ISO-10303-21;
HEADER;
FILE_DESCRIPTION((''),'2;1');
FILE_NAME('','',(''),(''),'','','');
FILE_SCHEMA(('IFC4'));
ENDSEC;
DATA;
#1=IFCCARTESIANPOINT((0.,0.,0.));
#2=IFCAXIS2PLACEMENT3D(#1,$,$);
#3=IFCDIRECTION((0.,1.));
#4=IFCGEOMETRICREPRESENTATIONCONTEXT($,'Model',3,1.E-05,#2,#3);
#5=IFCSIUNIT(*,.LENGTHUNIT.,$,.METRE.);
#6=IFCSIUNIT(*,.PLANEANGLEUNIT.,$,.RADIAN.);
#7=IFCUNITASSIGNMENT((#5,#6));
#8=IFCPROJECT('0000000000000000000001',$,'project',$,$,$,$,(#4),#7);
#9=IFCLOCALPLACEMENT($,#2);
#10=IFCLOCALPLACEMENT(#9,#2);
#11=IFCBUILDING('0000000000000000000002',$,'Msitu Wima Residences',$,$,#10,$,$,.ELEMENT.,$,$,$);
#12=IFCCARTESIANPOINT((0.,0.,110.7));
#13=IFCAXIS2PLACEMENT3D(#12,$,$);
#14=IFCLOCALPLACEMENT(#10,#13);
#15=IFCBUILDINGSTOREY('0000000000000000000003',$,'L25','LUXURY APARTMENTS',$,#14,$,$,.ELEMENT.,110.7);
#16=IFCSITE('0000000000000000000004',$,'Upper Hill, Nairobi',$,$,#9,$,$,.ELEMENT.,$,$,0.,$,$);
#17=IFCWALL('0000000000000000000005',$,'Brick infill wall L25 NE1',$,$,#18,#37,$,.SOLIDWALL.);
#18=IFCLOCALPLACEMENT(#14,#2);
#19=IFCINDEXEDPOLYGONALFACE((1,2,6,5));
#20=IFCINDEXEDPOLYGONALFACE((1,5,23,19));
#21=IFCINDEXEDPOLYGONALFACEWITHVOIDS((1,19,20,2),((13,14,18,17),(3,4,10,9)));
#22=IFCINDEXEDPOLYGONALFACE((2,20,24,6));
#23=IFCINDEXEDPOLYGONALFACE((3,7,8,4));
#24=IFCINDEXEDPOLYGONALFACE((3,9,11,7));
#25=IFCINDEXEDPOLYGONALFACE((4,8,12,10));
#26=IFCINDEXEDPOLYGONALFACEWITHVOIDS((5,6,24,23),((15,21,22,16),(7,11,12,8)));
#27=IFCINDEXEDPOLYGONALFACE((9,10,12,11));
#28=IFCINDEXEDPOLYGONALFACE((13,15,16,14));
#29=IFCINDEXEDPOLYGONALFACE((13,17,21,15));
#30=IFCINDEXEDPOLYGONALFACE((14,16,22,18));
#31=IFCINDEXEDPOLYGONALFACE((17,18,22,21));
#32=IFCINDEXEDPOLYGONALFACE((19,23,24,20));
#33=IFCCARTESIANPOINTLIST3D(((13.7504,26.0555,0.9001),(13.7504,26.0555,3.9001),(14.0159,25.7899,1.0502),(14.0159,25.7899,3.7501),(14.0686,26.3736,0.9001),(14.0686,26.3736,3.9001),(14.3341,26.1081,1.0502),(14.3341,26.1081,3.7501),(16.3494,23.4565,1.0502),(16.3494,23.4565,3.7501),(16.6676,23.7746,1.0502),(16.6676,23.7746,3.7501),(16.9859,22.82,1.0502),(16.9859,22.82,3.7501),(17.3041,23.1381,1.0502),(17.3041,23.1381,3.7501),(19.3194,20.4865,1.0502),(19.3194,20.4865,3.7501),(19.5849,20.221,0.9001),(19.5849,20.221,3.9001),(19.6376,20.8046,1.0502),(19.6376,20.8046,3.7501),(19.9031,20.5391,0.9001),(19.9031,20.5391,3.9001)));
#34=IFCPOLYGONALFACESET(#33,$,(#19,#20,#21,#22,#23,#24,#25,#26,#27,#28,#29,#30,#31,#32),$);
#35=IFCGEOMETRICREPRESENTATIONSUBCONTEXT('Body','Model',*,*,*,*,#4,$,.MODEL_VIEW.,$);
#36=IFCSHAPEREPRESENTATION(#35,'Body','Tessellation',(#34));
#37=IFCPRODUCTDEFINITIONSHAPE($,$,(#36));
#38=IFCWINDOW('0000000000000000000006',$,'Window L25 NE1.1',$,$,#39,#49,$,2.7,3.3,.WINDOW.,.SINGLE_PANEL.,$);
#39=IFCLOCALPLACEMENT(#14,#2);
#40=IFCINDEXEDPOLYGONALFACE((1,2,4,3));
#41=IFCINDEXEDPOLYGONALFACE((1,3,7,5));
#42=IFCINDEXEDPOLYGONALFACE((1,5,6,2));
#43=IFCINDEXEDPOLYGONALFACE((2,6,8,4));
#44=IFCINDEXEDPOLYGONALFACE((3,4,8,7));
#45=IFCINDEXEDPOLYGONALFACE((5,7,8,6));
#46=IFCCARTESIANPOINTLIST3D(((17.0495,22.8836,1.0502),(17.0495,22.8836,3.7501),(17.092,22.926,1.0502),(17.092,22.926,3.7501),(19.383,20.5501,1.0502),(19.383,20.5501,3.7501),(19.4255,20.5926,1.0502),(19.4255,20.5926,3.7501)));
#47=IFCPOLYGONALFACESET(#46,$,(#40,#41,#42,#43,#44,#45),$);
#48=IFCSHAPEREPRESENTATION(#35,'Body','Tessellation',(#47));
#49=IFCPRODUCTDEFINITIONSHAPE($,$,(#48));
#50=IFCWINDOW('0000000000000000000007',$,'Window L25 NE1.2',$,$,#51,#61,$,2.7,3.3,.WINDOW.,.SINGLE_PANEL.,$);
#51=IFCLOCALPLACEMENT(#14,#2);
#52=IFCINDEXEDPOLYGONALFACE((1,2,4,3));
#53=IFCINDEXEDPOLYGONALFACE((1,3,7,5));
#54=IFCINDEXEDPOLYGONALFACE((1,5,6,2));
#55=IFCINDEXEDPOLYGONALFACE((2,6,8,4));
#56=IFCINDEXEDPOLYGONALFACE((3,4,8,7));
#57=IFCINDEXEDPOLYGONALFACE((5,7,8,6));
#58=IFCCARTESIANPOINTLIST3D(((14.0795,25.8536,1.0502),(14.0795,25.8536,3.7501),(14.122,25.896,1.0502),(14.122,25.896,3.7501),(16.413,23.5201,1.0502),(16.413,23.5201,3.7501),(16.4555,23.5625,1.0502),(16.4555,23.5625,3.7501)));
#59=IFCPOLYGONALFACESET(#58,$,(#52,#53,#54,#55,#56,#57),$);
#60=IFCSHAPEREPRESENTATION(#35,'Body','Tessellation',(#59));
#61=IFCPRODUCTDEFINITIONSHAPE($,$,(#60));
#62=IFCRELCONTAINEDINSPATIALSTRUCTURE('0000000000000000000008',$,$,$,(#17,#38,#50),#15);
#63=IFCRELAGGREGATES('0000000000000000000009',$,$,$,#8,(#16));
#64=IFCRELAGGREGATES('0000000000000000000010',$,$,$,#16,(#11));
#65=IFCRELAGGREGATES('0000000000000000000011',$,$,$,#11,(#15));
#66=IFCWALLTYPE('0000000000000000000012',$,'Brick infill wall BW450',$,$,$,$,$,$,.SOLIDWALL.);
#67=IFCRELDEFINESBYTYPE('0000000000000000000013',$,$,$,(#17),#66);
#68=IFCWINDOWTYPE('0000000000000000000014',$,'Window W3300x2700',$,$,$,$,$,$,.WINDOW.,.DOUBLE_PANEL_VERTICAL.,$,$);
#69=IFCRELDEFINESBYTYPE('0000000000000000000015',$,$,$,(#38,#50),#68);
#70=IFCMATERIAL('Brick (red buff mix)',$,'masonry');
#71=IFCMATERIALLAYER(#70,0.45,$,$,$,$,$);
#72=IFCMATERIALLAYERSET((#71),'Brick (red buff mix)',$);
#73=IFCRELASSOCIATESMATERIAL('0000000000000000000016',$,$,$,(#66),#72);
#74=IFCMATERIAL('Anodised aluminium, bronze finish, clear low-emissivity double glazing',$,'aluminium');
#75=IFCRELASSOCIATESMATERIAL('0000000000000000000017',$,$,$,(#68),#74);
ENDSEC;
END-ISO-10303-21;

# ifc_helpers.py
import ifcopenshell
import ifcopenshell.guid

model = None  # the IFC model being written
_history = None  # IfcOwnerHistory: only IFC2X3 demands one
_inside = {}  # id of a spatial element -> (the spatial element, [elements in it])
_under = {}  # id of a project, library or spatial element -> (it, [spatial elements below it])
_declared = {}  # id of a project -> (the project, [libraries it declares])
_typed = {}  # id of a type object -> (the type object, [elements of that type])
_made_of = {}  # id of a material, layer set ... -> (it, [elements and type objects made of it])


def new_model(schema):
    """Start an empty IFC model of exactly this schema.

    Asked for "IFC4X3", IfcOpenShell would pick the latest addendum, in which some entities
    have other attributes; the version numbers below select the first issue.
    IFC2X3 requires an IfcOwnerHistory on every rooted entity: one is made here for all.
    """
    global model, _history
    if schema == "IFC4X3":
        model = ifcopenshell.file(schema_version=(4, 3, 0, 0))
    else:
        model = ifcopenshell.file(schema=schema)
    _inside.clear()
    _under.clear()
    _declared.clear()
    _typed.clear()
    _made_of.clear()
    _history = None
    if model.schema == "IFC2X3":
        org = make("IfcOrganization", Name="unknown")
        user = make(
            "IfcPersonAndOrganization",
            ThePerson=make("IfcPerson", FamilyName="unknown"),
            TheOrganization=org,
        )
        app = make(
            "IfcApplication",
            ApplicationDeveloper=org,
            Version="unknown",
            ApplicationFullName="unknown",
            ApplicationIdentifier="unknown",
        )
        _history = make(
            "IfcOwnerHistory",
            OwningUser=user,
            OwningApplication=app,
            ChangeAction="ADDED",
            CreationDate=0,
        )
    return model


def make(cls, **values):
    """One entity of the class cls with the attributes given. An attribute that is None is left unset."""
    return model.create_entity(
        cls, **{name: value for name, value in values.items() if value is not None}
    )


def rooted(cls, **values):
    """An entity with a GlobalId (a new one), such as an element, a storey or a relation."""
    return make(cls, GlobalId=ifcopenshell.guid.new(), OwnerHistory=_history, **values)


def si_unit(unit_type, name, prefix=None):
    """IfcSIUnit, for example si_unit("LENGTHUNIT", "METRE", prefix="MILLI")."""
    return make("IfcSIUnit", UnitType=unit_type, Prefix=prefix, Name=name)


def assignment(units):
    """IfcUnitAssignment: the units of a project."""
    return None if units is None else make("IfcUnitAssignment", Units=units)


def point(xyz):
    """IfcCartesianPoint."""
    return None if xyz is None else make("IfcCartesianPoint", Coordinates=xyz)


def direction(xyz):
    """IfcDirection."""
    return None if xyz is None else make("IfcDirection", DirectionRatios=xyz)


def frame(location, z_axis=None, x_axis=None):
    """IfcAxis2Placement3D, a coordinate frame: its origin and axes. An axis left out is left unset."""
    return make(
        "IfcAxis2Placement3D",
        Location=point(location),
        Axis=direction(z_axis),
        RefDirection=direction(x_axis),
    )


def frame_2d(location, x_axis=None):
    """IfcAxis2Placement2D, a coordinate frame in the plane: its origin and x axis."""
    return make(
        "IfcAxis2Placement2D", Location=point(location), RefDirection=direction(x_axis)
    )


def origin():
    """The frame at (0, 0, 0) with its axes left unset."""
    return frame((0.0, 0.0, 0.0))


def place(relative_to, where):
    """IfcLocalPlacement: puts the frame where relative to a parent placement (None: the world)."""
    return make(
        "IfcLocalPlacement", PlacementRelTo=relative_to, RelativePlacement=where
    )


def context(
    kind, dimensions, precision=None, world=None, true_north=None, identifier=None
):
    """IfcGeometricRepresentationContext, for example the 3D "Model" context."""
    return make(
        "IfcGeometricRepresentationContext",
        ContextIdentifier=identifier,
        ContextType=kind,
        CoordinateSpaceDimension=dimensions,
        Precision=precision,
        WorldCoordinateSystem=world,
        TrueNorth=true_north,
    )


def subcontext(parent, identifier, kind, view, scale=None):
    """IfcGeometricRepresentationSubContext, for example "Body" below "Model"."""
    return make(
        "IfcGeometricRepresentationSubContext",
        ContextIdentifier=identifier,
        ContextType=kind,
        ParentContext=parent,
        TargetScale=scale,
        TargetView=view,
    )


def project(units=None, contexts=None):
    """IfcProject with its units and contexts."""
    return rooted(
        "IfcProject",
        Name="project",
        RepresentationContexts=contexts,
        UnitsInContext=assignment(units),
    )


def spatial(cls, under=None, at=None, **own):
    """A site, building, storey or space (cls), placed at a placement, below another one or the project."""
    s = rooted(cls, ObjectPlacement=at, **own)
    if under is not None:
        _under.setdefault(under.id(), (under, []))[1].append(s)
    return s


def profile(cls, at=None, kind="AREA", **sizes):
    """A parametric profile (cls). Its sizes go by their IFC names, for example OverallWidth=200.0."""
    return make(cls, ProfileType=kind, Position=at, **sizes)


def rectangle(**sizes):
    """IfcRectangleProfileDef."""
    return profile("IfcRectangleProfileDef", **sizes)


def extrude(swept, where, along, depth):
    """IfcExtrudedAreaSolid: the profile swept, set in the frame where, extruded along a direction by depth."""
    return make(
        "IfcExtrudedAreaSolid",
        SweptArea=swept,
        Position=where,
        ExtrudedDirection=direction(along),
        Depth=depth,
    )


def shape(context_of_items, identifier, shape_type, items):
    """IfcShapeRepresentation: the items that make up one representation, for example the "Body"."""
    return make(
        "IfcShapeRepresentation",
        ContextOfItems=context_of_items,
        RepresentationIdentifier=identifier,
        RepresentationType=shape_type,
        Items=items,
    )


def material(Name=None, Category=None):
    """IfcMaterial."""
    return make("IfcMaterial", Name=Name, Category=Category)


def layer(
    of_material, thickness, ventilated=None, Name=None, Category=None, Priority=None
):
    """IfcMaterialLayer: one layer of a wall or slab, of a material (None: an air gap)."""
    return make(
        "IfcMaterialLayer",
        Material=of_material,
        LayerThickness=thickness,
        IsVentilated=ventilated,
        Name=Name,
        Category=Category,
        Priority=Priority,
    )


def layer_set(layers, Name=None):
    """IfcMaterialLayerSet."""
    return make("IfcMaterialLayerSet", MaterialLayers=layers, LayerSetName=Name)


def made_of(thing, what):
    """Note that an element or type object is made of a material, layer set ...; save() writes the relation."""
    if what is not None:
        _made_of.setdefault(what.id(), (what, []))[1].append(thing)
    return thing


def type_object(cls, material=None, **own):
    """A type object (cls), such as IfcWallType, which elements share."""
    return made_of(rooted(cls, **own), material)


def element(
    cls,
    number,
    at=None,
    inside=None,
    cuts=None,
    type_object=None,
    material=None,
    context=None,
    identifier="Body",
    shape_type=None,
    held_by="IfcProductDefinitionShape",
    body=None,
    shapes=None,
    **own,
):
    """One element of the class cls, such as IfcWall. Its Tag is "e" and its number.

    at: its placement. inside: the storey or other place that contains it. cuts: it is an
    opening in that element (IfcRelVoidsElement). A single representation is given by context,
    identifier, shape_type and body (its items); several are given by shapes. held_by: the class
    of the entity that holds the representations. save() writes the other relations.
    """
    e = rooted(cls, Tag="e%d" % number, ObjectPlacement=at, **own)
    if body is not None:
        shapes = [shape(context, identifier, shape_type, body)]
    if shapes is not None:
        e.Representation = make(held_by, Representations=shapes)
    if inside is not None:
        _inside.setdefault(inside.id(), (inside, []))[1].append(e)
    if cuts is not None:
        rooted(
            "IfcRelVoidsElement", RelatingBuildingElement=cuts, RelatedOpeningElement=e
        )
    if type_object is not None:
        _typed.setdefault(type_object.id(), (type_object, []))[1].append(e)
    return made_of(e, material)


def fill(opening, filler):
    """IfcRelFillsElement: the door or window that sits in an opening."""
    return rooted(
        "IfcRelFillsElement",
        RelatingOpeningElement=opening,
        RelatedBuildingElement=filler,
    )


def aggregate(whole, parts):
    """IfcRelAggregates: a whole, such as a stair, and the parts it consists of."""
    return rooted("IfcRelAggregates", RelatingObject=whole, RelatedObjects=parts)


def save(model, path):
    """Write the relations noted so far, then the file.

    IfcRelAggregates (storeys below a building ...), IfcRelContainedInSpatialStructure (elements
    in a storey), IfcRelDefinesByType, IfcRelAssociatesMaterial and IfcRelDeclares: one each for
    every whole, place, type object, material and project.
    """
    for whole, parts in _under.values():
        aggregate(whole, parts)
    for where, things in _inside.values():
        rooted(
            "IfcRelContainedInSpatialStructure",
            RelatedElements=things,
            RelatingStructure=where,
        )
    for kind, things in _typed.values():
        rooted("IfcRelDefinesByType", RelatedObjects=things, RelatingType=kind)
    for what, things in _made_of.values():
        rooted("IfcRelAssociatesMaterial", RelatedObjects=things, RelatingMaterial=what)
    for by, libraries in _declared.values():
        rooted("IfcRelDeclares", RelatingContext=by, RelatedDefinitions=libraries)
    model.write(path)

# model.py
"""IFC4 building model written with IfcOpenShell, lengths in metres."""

from ifc_helpers import new_model, si_unit, direction, frame, frame_2d, origin, place, context, subcontext, project, spatial, rectangle, extrude, material, layer, layer_set, type_object, element, fill, save


model = new_model("IFC4")

# Units and contexts
model_context = context("Model", 3, precision=1e-05, world=origin(), true_north=direction((0.0, 1.0)))
body_context = subcontext(model_context, "Body", "Model", "MODEL_VIEW")
ifc_project = project(units=[si_unit("LENGTHUNIT", "METRE"), si_unit("PLANEANGLEUNIT", "RADIAN")], contexts=[model_context])

# Site, building, storey
site_placement = place(None, origin())
site = spatial("IfcSite", under=ifc_project, at=site_placement, Name="Upper Hill, Nairobi", CompositionType="ELEMENT", RefElevation=0.0)
building_placement = place(site_placement, origin())
building = spatial("IfcBuilding", under=site, at=building_placement, Name="Msitu Wima Residences", CompositionType="ELEMENT")
storey_placement = place(building_placement, frame((0.0, 0.0, 110.7)))
storey = spatial("IfcBuildingStorey", under=building, at=storey_placement, Name="L25", Description="LUXURY APARTMENTS", CompositionType="ELEMENT", Elevation=110.7)

# Shared definitions
ifc_material_1 = material(Name="Brick (red buff mix)", Category="masonry")
ifc_layer_1 = layer(ifc_material_1, 0.45)
ifc_layer_set_1 = layer_set([ifc_layer_1], Name="Brick (red buff mix)")
wall_type_1 = type_object("IfcWallType", Name="Brick infill wall BW450", PredefinedType="SOLIDWALL", material=ifc_layer_set_1)
ifc_material_2 = material(Name="Anodised aluminium, bronze finish, clear low-emissivity double glazing", Category="aluminium")
window_type = type_object("IfcWindowType", Name="Window W3300x2700", PartitioningType="DOUBLE_PANEL_VERTICAL", PredefinedType="WINDOW", material=ifc_material_2)

# Wall, openings, windows
wall_1_placement = place(storey_placement, frame((19.7439, 20.3801, 0.9001), z_axis=(0.0, 0.0, 1.0), x_axis=(-0.707107, 0.707107, 0.0)))
wall_1 = element("IfcWall", 1, at=wall_1_placement, inside=storey, type_object=wall_type_1, Name="Brick infill wall L25 NE1", PredefinedType="SOLIDWALL", context=body_context, shape_type="SweptSolid", body=[
    extrude(rectangle(XDim=8.2512, YDim=0.45, at=frame_2d((4.1255, 0.0))), origin(), (0.0, 0.0, 1.0), 3.0),
])
opening_1_placement = place(wall_1_placement, frame((0.3755, 0.0, 0.1499)))
opening_1 = element("IfcOpeningElement", 2, at=opening_1_placement, cuts=wall_1, PredefinedType="OPENING", context=body_context, shape_type="SweptSolid", body=[
    extrude(rectangle(XDim=3.3, YDim=2.7, at=frame_2d((1.6499, 1.3501))), frame((0.0, 0.2349, 0.0), z_axis=(0.0, -1.0, 0.0), x_axis=(1.0, 0.0, 0.0)), (0.0, 0.0, 1.0), 0.47),
])
opening_2_placement = place(wall_1_placement, frame((4.5757, 0.0, 0.1499)))
opening_2 = element("IfcOpeningElement", 3, at=opening_2_placement, cuts=wall_1, PredefinedType="OPENING", context=body_context, shape_type="SweptSolid", body=[
    extrude(rectangle(XDim=3.3, YDim=2.7, at=frame_2d((1.6499, 1.3501))), frame((0.0, 0.2349, 0.0), z_axis=(0.0, -1.0, 0.0), x_axis=(1.0, 0.0, 0.0)), (0.0, 0.0, 1.0), 0.47),
])
window_1_placement = place(opening_1_placement, origin())
window_1 = element("IfcWindow", 4, at=window_1_placement, inside=storey, type_object=window_type, Name="Window L25 NE1.1", OverallHeight=2.7, OverallWidth=3.3, PartitioningType="SINGLE_PANEL", PredefinedType="WINDOW", context=body_context, shape_type="SweptSolid", body=[
    extrude(rectangle(XDim=3.3, YDim=2.7, at=frame_2d((1.6499, 1.3501))), frame((0.0, 0.135, 0.0), z_axis=(0.0, -1.0, 0.0), x_axis=(1.0, 0.0, 0.0)), (0.0, 0.0, 1.0), 0.0601),
])
fill(opening_1, window_1)
window_2_placement = place(opening_2_placement, origin())
window_2 = element("IfcWindow", 5, at=window_2_placement, inside=storey, type_object=window_type, Name="Window L25 NE1.2", OverallHeight=2.7, OverallWidth=3.3, PartitioningType="SINGLE_PANEL", PredefinedType="WINDOW", context=body_context, shape_type="SweptSolid", body=[
    extrude(rectangle(XDim=3.3, YDim=2.7, at=frame_2d((1.6499, 1.3501))), frame((0.0, 0.135, 0.0), z_axis=(0.0, -1.0, 0.0), x_axis=(1.0, 0.0, 0.0)), (0.0, 0.0, 1.0), 0.0601),
])
fill(opening_2, window_2)

save(model, "model.ifc")
